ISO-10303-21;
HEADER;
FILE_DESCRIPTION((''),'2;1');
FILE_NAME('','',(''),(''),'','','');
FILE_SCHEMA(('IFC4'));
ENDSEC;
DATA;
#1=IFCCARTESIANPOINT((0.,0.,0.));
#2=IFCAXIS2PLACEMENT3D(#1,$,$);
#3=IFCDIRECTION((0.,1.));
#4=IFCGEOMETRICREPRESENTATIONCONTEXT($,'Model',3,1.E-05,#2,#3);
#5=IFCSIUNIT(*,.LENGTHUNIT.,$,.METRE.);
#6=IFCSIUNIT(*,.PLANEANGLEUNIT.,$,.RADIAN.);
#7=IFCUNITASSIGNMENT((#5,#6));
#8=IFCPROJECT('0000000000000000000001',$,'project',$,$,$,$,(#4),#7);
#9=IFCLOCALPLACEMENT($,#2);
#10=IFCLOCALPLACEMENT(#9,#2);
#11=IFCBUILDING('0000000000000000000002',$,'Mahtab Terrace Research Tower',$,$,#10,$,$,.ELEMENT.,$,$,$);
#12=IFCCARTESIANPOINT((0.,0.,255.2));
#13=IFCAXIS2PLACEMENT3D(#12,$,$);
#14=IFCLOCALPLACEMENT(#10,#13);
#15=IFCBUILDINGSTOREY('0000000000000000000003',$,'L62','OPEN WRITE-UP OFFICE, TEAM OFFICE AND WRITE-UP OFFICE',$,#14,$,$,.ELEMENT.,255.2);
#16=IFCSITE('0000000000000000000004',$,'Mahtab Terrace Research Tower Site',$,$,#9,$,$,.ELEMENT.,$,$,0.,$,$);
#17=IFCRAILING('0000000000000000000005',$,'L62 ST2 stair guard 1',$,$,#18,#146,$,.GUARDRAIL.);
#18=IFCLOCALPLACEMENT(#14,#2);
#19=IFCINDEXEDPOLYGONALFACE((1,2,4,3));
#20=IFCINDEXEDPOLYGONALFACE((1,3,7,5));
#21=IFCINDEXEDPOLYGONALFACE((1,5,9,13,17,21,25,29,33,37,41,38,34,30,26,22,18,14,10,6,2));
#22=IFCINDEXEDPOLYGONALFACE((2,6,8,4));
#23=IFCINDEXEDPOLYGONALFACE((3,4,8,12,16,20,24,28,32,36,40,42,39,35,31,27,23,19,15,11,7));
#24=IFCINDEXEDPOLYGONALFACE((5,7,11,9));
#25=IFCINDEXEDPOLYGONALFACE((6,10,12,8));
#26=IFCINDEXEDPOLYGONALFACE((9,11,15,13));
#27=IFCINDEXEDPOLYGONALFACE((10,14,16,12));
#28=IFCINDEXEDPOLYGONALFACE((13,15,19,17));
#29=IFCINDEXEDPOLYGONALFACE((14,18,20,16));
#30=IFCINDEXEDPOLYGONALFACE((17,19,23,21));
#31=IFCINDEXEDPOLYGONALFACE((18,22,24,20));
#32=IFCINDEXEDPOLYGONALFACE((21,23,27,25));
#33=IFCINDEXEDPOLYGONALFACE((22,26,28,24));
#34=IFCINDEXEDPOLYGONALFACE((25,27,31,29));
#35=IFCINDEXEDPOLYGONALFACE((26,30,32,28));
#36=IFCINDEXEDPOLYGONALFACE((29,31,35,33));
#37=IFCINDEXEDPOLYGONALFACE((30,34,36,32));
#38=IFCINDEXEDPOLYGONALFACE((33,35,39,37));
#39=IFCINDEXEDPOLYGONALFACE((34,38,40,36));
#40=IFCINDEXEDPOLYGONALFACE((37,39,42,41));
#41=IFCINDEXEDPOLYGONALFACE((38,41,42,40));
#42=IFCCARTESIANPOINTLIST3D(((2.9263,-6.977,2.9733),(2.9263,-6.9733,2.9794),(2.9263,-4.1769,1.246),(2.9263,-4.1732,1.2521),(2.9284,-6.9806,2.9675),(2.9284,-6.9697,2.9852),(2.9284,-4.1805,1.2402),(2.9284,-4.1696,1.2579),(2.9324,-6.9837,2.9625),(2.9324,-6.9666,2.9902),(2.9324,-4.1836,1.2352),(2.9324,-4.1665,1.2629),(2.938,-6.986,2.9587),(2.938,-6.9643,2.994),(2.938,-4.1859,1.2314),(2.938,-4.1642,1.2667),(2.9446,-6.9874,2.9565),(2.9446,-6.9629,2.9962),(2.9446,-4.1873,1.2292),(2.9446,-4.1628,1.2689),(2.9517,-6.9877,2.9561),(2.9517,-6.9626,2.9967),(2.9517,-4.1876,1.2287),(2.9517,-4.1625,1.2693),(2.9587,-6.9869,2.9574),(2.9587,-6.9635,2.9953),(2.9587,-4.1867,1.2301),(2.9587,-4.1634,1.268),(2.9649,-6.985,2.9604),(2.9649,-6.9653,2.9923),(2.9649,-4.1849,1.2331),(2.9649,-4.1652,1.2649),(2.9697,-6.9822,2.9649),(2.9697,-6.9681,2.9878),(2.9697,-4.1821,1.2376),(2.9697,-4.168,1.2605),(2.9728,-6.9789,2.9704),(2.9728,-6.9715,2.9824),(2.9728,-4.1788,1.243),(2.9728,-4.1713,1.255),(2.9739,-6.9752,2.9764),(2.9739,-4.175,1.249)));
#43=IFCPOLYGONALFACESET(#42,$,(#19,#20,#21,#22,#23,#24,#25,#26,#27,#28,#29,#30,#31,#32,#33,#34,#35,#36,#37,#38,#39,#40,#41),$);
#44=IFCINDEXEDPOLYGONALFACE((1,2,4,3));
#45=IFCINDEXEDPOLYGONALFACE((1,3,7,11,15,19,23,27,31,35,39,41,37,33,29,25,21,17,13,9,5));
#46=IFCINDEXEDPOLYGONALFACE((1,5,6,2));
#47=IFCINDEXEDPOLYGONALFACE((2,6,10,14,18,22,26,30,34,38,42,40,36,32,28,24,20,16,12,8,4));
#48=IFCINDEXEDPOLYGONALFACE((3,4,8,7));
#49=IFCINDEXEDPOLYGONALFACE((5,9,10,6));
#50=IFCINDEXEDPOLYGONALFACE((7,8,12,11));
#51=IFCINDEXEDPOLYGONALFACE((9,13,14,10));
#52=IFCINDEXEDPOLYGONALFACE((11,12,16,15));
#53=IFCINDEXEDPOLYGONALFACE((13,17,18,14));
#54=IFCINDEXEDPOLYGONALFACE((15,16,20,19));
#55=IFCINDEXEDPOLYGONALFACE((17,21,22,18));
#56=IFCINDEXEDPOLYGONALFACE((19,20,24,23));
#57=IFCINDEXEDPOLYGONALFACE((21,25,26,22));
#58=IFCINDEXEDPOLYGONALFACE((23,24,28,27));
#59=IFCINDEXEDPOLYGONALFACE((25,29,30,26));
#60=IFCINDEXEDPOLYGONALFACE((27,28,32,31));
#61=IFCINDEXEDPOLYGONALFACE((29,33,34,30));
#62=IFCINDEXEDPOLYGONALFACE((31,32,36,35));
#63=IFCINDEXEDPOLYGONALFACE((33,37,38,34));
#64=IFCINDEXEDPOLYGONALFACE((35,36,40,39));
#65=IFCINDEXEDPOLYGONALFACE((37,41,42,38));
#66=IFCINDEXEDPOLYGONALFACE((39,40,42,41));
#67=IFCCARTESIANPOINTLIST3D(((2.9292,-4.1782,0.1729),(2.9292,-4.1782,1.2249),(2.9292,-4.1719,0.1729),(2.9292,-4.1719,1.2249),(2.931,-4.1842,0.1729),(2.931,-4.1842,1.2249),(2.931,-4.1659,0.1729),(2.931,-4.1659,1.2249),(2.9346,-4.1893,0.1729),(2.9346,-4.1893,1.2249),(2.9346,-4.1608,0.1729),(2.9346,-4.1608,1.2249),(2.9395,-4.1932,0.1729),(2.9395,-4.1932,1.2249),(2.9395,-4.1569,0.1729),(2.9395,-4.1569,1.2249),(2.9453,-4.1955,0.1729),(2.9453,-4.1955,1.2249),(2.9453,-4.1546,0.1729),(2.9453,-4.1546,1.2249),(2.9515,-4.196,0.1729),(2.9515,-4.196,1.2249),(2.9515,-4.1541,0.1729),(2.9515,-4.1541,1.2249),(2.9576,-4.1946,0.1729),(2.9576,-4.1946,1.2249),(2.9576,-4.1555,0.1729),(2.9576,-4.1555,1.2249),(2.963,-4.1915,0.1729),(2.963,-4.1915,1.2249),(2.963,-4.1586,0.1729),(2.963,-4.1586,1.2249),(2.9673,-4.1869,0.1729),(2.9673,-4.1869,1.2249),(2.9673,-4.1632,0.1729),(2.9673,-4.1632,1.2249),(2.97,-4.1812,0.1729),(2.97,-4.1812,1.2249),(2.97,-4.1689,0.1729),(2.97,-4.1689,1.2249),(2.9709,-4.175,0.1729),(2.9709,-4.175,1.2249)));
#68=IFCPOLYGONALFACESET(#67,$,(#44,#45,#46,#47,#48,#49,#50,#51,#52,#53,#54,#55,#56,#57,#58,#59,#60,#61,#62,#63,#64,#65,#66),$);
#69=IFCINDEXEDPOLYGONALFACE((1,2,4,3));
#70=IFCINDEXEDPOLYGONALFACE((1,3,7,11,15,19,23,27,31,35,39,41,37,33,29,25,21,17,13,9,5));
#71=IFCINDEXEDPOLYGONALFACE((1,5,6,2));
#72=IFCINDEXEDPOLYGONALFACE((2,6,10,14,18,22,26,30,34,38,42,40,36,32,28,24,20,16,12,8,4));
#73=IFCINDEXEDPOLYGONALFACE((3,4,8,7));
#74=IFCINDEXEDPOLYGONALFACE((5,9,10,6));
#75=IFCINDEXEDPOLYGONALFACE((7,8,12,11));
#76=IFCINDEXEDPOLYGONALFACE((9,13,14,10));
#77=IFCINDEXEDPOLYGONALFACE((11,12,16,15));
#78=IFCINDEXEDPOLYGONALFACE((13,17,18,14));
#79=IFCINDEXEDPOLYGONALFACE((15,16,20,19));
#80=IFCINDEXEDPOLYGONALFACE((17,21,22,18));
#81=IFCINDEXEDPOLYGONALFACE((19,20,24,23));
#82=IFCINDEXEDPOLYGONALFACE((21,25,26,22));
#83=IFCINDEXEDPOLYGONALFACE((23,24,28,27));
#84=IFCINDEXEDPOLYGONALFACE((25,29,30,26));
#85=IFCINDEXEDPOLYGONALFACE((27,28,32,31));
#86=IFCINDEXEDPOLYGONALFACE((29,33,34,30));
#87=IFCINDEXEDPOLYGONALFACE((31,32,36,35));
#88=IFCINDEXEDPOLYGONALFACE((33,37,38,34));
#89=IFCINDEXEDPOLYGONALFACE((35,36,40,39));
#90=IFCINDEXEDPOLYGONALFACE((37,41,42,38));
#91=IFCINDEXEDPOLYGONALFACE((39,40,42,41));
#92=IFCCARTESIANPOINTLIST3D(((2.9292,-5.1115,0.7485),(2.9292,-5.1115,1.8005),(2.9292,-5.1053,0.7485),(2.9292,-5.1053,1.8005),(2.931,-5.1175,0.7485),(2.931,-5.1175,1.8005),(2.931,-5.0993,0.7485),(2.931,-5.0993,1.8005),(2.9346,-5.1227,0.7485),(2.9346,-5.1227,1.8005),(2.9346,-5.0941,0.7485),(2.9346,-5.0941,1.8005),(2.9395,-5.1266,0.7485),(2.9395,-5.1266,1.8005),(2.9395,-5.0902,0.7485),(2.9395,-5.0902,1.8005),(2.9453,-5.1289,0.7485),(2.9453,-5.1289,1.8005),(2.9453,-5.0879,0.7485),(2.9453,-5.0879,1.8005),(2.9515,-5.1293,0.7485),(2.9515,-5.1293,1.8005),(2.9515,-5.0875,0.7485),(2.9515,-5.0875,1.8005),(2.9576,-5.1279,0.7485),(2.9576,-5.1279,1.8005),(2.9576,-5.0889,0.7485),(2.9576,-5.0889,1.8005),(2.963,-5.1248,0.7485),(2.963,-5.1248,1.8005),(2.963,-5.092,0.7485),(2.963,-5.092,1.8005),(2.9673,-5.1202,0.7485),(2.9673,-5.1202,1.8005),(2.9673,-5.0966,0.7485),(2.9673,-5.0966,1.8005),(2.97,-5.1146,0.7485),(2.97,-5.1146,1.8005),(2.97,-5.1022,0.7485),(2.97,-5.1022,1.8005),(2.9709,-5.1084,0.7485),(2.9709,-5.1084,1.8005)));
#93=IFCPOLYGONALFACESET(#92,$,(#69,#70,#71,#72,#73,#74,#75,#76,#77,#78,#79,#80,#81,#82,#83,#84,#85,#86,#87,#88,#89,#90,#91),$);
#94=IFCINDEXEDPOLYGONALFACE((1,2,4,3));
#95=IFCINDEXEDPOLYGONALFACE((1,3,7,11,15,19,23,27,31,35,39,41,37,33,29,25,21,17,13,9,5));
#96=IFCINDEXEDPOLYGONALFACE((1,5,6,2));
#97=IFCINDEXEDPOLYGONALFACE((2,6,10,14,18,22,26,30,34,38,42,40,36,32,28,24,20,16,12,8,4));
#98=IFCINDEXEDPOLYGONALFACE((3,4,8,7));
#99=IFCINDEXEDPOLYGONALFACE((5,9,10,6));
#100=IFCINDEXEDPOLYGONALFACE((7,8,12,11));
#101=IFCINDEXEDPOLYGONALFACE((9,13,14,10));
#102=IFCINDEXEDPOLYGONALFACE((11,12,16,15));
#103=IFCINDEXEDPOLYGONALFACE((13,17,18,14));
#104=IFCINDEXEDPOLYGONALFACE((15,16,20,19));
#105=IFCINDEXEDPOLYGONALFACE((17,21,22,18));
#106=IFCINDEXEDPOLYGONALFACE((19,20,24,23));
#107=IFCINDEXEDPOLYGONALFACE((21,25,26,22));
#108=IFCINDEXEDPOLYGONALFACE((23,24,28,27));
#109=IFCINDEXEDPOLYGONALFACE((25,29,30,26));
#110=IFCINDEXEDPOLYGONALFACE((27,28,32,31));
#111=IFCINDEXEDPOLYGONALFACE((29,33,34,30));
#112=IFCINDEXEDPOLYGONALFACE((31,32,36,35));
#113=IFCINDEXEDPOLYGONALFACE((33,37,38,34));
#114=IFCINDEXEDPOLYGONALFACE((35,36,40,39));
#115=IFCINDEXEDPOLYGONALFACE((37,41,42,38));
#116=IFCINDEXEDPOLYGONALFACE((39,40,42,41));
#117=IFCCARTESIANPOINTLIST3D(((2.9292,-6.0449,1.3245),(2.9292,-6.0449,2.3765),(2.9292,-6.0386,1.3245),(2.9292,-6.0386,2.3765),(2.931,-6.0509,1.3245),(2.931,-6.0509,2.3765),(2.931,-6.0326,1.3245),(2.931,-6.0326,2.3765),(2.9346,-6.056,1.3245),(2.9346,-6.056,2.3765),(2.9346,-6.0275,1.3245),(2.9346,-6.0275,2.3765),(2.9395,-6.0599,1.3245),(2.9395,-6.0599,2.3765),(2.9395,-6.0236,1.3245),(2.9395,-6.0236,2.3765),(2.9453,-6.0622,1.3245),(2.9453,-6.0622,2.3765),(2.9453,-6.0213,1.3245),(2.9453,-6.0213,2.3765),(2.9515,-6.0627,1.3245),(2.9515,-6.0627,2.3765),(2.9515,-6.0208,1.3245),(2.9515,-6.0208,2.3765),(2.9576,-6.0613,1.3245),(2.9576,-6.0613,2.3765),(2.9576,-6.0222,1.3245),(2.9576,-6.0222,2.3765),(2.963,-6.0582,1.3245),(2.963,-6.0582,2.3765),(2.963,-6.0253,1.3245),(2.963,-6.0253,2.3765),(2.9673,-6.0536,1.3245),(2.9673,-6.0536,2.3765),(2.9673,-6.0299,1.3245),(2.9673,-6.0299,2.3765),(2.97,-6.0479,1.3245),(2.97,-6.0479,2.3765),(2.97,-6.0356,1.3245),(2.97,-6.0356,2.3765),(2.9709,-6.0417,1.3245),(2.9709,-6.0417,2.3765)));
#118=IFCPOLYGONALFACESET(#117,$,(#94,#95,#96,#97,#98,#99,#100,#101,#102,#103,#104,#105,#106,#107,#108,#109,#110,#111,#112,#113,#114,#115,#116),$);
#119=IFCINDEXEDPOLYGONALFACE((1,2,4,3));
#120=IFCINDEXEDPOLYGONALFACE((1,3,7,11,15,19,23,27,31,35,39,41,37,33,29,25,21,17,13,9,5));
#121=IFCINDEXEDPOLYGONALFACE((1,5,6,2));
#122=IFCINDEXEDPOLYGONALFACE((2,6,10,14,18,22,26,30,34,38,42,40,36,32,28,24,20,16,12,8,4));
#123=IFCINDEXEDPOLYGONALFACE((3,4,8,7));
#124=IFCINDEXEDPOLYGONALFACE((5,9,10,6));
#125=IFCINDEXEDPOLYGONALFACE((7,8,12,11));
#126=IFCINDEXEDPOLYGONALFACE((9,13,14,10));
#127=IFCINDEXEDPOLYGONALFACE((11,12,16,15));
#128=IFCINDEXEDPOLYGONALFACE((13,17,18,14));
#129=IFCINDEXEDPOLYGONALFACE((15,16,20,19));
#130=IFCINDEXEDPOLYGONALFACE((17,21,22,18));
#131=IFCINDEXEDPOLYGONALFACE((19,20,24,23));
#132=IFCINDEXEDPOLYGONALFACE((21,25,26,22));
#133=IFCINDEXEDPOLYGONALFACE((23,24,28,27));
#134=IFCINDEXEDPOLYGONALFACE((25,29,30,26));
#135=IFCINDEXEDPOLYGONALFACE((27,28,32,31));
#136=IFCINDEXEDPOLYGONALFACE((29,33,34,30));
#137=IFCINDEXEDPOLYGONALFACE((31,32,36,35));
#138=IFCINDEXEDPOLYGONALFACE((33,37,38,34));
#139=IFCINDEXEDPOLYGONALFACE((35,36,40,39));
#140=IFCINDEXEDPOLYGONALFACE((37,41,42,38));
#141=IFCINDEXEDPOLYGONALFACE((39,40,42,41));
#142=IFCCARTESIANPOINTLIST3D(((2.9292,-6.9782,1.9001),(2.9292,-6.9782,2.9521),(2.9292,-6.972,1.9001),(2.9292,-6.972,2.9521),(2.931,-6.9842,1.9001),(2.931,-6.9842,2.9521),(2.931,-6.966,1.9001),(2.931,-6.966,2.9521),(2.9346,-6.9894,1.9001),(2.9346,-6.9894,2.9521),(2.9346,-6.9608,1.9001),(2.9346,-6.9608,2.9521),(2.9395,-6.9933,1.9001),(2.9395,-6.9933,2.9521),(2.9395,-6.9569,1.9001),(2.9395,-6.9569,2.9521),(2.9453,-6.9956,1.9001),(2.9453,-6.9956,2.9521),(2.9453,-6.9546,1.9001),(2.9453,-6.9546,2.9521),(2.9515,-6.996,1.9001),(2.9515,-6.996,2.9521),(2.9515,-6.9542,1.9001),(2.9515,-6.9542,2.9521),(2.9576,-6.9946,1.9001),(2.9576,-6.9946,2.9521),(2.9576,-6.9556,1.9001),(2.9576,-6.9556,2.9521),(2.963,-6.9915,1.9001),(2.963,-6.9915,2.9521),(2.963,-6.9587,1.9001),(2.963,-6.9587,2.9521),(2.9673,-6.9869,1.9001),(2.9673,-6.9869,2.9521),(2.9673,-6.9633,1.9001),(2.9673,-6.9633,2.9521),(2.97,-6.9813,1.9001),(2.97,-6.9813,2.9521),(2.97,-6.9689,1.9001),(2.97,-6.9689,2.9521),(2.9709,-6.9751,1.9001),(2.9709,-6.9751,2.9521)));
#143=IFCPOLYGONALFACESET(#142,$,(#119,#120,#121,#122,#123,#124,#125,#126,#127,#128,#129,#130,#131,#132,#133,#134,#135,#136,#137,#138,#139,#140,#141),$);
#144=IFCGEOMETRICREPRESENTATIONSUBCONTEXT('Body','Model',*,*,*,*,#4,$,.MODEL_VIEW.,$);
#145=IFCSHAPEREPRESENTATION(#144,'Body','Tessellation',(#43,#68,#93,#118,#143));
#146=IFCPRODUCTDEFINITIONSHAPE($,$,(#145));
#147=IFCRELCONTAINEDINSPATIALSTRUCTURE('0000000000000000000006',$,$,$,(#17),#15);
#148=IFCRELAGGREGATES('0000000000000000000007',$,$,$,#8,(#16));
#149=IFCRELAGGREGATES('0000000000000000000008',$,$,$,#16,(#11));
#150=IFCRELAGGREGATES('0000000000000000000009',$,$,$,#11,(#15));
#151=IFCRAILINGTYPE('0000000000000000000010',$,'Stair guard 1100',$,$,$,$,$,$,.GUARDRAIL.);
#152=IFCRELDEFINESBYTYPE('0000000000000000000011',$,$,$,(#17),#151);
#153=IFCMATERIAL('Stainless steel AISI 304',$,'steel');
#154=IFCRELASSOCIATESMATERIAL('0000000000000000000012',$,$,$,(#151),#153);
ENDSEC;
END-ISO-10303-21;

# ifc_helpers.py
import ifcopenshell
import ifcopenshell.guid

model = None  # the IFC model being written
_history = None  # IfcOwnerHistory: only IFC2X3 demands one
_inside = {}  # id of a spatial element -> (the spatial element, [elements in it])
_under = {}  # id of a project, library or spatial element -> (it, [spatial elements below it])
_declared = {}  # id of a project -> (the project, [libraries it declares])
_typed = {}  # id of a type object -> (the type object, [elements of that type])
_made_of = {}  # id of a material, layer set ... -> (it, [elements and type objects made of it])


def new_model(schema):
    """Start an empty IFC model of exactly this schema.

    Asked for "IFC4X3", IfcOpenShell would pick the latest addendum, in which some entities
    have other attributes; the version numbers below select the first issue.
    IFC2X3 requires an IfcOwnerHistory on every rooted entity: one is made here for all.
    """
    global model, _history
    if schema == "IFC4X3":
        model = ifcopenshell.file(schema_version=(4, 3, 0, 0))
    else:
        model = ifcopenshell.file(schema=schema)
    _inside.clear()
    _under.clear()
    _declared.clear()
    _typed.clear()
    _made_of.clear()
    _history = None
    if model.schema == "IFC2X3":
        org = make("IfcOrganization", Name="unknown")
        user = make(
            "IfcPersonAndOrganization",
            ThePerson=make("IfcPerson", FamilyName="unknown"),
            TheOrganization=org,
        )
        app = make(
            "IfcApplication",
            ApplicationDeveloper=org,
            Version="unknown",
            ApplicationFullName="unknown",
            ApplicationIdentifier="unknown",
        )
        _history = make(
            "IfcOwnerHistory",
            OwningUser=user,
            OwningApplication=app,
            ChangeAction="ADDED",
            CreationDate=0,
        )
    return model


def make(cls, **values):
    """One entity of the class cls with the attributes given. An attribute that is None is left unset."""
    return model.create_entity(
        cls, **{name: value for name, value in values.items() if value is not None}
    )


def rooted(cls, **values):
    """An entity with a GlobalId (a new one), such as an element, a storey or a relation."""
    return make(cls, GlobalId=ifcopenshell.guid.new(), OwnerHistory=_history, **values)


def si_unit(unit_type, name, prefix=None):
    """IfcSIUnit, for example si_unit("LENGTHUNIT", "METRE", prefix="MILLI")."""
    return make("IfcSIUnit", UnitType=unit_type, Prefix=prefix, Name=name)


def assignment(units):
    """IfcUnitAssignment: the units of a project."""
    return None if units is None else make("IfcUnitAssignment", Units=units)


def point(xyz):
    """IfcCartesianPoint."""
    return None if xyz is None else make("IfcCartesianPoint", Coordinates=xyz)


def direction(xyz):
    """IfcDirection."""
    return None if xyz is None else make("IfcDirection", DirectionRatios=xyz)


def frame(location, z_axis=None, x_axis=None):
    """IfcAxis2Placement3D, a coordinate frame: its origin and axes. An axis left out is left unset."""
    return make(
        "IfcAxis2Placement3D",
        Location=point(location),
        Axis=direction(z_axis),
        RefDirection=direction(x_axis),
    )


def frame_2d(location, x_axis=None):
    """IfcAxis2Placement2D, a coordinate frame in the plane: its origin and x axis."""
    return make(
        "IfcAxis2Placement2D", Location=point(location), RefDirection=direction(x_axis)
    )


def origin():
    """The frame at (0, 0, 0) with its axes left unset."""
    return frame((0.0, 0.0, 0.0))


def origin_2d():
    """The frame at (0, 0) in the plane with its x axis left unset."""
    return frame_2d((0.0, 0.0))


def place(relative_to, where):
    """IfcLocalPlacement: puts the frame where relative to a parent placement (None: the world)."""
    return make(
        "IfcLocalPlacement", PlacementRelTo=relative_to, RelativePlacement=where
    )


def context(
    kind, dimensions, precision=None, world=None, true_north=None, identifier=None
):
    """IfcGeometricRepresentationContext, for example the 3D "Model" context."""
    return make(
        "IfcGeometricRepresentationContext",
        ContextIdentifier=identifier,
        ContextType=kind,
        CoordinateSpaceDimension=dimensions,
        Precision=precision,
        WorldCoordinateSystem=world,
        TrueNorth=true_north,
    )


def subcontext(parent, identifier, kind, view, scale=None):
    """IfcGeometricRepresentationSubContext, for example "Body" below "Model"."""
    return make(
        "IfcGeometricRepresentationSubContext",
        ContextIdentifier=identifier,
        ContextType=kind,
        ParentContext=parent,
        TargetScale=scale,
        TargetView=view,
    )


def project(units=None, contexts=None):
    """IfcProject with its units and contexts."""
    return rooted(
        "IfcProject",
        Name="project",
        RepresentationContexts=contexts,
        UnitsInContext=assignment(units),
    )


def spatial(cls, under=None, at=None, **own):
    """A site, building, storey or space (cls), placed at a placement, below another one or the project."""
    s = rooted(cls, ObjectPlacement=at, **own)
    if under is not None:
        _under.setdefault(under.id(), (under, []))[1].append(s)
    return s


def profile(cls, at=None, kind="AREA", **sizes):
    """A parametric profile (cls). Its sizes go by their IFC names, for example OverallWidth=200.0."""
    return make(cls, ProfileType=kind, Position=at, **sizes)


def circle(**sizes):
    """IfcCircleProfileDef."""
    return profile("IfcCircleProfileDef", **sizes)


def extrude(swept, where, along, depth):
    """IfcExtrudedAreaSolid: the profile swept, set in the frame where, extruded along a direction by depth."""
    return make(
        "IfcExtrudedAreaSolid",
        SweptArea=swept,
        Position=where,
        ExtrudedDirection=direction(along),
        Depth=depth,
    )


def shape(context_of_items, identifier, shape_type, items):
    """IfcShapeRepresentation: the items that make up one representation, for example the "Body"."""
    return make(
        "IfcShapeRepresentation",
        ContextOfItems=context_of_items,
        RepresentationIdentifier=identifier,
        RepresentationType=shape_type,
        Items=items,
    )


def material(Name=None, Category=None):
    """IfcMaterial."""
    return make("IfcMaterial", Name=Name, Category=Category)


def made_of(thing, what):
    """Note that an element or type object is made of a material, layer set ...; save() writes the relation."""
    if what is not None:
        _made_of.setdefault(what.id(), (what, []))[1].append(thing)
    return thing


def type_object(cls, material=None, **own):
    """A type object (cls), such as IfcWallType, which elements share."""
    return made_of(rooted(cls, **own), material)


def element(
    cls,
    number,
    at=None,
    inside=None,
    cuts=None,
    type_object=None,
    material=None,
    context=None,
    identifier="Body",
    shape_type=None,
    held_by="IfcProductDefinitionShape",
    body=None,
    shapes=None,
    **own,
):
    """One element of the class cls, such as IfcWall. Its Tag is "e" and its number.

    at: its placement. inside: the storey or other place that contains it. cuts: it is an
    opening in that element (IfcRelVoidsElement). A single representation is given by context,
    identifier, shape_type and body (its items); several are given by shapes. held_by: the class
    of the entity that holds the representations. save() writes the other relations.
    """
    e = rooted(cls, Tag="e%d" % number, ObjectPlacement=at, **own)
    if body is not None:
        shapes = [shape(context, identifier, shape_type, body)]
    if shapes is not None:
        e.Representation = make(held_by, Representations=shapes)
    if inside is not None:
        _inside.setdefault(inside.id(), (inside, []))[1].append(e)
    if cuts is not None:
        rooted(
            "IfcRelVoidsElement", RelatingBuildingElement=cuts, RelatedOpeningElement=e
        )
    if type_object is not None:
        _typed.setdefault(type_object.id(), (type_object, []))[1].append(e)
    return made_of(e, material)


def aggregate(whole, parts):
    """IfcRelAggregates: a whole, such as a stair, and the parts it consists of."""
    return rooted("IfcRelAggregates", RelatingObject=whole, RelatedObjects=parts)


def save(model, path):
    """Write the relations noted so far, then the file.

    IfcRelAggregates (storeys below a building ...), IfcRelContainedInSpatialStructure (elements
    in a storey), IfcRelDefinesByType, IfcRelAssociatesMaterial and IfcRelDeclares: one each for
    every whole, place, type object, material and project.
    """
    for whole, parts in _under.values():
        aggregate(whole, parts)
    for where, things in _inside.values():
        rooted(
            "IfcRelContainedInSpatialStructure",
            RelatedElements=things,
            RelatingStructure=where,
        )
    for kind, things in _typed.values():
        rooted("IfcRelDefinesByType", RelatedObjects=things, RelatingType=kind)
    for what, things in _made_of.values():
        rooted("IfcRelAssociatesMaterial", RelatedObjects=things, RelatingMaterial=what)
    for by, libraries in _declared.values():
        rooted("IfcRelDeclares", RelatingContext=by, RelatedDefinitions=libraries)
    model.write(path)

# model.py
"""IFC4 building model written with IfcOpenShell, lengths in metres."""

from ifc_helpers import new_model, si_unit, direction, frame, origin, origin_2d, place, context, subcontext, project, spatial, circle, extrude, material, type_object, element, save


model = new_model("IFC4")

# Units and contexts
model_context = context("Model", 3, precision=1e-05, world=origin(), true_north=direction((0.0, 1.0)))
body_context = subcontext(model_context, "Body", "Model", "MODEL_VIEW")
ifc_project = project(units=[si_unit("LENGTHUNIT", "METRE"), si_unit("PLANEANGLEUNIT", "RADIAN")], contexts=[model_context])

# Site, building, storey
site_placement = place(None, origin())
site = spatial("IfcSite", under=ifc_project, at=site_placement, Name="Mahtab Terrace Research Tower Site", CompositionType="ELEMENT", RefElevation=0.0)
building_placement = place(site_placement, origin())
building = spatial("IfcBuilding", under=site, at=building_placement, Name="Mahtab Terrace Research Tower", CompositionType="ELEMENT")
storey_placement = place(building_placement, frame((0.0, 0.0, 255.2)))
storey = spatial("IfcBuildingStorey", under=building, at=storey_placement, Name="L62", Description="OPEN WRITE-UP OFFICE, TEAM OFFICE AND WRITE-UP OFFICE", CompositionType="ELEMENT", Elevation=255.2)

# Railing
ifc_material_1 = material(Name="Stainless steel AISI 304", Category="steel")
railing_type_1 = type_object("IfcRailingType", Name="Stair guard 1100", PredefinedType="GUARDRAIL", material=ifc_material_1)
railing_1_placement = place(storey_placement, frame((2.95, -4.175, 0.1729)))
element("IfcRailing", 1, at=railing_1_placement, inside=storey, type_object=railing_type_1, Name="L62 ST2 stair guard 1", PredefinedType="GUARDRAIL", context=body_context, shape_type="SweptSolid", body=[
    extrude(circle(Radius=0.0239, at=origin_2d()), frame((0.0, 0.0, 1.0762), z_axis=(0.0, -0.85109, 0.52502), x_axis=(1.0, 0.0, 0.0)), (0.0, 0.0, 1.0), 3.29),
    extrude(circle(Radius=0.021, at=origin_2d()), origin(), (0.0, 0.0, 1.0), 1.052),
    extrude(circle(Radius=0.021, at=origin_2d()), frame((0.0, -0.9333, 0.5757)), (0.0, 0.0, 1.0), 1.052),
    extrude(circle(Radius=0.021, at=origin_2d()), frame((0.0, -1.8667, 1.1516)), (0.0, 0.0, 1.0), 1.052),
    extrude(circle(Radius=0.021, at=origin_2d()), frame((0.0, -2.8, 1.7273)), (0.0, 0.0, 1.0), 1.052),
])

save(model, "model.ifc")
